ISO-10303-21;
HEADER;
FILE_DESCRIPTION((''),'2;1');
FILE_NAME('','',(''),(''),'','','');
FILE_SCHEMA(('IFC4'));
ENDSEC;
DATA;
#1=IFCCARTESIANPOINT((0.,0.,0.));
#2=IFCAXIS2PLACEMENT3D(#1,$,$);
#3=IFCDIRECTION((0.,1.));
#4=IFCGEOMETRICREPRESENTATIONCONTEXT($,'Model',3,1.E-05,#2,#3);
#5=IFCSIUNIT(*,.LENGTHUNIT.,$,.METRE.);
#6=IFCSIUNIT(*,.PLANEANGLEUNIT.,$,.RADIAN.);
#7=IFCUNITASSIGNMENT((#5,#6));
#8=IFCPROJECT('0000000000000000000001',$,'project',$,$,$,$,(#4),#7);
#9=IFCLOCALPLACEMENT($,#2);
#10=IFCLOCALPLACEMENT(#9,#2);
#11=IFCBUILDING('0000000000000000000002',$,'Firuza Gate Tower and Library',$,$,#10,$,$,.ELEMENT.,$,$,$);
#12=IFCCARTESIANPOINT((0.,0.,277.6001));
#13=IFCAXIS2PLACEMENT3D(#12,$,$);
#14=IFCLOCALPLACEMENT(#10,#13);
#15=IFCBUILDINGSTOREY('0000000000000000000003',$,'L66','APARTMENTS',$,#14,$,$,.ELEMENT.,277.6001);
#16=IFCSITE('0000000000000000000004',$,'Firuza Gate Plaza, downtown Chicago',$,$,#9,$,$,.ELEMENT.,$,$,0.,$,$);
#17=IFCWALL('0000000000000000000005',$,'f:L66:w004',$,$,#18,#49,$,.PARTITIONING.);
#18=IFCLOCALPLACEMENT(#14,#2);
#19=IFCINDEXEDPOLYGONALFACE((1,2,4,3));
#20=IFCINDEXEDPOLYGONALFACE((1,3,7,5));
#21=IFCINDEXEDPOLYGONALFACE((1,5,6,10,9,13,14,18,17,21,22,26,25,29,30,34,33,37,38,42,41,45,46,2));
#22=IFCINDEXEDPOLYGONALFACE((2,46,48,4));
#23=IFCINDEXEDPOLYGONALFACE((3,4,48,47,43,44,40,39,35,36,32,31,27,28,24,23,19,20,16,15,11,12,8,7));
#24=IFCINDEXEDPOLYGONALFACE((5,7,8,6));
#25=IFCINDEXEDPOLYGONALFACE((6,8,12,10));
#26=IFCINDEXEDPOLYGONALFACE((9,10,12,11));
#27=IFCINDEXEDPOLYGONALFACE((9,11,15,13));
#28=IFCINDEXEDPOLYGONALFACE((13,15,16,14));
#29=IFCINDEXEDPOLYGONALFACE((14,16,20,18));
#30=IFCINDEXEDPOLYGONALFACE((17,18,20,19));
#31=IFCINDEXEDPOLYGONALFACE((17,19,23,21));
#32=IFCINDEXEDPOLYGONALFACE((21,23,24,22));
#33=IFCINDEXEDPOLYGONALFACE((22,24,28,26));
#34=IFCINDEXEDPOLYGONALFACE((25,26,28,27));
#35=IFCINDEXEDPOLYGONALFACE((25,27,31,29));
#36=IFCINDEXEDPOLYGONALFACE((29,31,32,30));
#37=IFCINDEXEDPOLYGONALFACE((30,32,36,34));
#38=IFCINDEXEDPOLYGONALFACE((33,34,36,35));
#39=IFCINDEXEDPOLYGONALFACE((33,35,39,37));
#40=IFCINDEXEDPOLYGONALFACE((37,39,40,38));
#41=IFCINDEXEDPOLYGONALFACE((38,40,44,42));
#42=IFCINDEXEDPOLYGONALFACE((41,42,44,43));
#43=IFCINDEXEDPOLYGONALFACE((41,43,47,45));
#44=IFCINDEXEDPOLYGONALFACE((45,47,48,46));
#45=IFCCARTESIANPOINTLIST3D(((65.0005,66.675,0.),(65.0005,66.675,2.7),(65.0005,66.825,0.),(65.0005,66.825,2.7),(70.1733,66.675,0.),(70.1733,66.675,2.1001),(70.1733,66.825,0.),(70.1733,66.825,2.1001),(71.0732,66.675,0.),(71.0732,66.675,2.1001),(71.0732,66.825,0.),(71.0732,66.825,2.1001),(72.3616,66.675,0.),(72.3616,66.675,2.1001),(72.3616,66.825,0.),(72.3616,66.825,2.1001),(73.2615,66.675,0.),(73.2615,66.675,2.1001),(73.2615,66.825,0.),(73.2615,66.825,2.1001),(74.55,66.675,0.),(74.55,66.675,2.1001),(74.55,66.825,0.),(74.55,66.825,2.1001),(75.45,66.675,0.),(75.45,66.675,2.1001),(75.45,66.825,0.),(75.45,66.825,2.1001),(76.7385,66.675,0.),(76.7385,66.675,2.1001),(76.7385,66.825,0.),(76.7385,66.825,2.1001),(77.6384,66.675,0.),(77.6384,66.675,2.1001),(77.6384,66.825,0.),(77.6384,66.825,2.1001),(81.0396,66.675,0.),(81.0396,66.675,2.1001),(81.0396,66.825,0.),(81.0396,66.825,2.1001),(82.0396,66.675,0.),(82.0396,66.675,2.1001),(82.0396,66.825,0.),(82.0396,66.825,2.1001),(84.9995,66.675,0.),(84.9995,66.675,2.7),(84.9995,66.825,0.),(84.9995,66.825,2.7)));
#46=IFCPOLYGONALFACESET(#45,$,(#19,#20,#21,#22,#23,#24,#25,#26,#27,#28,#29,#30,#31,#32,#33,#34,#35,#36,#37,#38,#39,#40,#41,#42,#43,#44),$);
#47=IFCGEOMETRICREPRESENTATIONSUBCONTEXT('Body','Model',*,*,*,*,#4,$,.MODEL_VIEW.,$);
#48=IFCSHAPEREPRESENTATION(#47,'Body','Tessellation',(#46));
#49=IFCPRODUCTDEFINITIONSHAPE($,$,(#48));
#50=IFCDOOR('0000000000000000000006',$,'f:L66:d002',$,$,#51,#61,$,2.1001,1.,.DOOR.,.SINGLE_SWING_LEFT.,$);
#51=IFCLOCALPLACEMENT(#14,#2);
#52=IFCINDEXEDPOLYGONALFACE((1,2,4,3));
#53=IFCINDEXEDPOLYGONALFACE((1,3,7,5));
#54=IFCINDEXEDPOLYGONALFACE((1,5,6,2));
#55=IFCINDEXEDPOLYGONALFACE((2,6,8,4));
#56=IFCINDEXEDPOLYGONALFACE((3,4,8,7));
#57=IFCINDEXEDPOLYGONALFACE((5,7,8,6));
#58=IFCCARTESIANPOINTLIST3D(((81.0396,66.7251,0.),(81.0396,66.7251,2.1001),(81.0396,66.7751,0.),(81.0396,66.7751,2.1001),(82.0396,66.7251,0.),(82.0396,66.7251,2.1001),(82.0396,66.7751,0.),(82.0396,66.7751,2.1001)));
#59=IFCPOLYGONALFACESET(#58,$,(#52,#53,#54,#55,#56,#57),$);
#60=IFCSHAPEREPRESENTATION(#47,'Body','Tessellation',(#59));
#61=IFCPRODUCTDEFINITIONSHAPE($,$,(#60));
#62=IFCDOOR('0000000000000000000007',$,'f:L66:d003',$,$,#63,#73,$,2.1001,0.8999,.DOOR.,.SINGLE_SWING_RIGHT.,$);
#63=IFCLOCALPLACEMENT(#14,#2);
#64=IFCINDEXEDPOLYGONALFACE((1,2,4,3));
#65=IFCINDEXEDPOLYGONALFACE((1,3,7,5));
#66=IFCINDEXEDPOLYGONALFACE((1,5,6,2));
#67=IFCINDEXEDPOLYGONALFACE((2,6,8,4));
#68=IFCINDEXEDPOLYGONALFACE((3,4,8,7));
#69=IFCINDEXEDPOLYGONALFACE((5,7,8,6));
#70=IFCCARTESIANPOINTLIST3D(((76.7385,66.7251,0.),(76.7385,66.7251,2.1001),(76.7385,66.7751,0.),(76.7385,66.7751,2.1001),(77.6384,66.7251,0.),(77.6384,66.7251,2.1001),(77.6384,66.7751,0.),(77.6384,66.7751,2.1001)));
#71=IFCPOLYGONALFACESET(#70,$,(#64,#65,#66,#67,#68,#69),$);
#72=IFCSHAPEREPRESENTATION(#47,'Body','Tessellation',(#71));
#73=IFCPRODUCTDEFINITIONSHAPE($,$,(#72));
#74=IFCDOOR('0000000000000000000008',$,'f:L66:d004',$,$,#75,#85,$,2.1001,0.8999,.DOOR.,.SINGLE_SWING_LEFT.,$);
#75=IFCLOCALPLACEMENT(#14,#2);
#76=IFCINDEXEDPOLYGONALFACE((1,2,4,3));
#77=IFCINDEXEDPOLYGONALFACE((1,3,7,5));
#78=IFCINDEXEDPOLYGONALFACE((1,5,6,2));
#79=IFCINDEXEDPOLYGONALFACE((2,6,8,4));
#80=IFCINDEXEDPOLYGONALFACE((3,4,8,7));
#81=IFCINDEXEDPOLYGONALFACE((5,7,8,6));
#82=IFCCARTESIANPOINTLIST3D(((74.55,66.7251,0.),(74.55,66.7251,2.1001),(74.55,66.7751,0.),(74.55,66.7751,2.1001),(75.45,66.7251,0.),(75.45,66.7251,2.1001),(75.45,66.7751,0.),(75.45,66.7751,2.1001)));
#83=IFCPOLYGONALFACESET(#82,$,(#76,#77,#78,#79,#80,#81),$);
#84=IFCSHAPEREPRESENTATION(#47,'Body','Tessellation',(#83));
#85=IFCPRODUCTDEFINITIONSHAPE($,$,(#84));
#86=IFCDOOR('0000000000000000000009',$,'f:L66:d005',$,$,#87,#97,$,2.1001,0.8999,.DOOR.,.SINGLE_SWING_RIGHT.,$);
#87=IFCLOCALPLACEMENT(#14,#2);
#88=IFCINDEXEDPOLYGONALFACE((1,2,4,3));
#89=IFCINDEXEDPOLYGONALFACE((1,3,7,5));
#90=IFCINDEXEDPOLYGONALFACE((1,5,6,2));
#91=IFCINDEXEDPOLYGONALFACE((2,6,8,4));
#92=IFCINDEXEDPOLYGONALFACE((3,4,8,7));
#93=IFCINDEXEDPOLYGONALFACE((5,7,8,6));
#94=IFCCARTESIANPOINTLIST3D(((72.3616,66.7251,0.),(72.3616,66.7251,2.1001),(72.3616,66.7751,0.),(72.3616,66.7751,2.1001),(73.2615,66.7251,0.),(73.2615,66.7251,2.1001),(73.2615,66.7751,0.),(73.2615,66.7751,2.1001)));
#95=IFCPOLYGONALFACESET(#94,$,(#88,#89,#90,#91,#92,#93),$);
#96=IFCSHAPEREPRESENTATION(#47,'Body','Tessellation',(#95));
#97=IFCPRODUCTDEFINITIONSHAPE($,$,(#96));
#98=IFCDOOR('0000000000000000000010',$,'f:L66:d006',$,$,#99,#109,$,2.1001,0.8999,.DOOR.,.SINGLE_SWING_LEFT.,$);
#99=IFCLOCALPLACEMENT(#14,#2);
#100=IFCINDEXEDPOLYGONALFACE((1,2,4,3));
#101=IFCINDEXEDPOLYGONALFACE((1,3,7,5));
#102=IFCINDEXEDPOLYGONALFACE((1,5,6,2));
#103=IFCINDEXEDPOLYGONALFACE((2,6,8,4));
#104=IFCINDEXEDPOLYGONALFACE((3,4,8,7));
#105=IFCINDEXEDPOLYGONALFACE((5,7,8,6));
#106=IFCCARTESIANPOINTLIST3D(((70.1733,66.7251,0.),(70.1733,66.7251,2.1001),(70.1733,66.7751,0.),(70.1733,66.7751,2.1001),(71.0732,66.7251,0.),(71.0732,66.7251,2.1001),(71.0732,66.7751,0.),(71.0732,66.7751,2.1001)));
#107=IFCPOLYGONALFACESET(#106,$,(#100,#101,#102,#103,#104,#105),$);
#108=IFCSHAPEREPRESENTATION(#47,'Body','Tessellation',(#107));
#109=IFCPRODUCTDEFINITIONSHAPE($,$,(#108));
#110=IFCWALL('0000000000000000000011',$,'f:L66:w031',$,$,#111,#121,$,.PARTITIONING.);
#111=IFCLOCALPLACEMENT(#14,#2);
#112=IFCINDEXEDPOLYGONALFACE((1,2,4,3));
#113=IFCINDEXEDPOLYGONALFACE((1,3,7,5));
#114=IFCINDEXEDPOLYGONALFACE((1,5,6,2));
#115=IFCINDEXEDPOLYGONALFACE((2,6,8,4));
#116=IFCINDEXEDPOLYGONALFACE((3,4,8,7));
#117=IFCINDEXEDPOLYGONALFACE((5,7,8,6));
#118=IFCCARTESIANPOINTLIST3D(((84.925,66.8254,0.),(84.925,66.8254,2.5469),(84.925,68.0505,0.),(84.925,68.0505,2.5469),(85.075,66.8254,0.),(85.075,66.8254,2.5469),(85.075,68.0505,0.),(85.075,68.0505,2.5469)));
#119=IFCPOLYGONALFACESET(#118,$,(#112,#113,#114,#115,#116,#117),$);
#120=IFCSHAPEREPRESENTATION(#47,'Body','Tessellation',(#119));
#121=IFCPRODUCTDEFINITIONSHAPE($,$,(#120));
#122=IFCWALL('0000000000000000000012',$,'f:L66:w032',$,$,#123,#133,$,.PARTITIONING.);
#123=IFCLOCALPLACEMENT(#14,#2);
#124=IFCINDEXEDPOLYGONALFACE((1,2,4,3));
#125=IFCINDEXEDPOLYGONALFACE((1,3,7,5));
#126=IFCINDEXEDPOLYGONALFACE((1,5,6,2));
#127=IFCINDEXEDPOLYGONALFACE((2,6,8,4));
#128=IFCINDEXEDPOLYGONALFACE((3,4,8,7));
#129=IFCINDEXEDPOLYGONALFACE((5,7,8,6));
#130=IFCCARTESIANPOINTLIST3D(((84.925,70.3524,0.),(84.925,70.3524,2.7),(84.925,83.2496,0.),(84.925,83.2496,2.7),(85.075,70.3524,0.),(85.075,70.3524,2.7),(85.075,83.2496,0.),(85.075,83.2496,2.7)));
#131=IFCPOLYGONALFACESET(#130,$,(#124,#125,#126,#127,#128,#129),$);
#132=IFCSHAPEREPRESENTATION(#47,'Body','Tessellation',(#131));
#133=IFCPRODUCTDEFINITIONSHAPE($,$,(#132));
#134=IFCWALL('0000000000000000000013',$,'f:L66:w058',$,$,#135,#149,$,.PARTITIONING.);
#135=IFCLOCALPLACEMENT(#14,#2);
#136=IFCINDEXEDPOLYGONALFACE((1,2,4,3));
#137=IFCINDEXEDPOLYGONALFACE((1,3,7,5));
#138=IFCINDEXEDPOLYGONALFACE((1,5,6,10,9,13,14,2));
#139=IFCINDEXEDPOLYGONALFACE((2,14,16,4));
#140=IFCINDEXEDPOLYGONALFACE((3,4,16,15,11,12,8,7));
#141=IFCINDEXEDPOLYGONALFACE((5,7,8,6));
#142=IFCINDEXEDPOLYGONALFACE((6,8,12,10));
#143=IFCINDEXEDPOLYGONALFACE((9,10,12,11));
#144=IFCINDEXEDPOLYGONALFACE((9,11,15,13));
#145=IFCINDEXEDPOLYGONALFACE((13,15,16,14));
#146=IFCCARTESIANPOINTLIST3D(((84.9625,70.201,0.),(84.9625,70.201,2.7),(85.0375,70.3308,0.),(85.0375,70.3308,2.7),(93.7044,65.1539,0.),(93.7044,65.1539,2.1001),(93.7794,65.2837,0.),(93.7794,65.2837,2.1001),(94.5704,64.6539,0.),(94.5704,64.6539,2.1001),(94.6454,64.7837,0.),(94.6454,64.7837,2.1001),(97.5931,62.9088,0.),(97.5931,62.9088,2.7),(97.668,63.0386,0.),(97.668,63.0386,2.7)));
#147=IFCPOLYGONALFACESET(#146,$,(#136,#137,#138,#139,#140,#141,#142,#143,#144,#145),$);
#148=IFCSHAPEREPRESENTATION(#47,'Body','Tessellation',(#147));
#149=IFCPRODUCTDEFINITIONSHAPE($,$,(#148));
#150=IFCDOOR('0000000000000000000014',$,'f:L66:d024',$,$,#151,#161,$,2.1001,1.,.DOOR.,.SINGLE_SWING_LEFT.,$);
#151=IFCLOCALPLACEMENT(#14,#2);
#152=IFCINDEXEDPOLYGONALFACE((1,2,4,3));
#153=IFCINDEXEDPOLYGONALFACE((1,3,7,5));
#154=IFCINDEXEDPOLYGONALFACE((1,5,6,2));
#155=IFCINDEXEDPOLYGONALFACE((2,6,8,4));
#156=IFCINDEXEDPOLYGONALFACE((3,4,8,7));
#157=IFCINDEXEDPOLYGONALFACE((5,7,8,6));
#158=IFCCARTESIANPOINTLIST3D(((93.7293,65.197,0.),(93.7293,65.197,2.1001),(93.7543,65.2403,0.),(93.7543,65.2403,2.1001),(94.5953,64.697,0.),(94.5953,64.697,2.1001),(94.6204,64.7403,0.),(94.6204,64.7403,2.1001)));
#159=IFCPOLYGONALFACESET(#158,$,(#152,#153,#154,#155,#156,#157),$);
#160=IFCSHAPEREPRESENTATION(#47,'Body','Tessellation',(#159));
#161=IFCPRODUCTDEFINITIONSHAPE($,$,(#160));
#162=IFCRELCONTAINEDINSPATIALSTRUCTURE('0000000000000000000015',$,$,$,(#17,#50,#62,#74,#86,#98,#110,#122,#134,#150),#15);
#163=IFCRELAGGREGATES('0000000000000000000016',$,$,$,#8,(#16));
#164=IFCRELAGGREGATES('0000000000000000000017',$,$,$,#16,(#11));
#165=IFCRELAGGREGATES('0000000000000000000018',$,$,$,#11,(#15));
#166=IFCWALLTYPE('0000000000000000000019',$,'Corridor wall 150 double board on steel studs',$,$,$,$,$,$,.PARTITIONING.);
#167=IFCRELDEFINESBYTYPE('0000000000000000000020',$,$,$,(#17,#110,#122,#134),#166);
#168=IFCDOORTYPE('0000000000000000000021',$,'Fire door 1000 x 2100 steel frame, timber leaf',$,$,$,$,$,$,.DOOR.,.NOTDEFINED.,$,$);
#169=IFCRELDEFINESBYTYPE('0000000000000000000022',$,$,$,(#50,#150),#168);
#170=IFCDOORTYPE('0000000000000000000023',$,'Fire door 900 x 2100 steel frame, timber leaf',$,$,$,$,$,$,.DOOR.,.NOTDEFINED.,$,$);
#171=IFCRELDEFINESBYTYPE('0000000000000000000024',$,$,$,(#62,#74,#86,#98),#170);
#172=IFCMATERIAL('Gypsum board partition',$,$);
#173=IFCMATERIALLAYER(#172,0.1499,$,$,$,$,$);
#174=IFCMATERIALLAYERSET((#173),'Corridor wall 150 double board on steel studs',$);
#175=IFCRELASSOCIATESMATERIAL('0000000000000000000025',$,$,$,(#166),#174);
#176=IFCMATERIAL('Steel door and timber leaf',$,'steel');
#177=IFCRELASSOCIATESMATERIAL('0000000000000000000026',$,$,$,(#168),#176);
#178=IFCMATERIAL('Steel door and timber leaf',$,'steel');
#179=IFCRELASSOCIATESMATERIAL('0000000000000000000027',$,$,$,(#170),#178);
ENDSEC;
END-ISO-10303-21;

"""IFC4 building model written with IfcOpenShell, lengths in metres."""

from ifc_helpers import new_model, si_unit, direction, frame, frame_2d, origin, place, context, subcontext, project, spatial, rectangle, extrude, material, layer, layer_set, type_object, element, fill, save


model = new_model("IFC4")

# Units and contexts
model_context = context("Model", 3, precision=1e-05, world=origin(), true_north=direction((0.0, 1.0)))
body_context = subcontext(model_context, "Body", "Model", "MODEL_VIEW")
ifc_project = project(units=[si_unit("LENGTHUNIT", "METRE"), si_unit("PLANEANGLEUNIT", "RADIAN")], contexts=[model_context])

# Site, building, storey
site_placement = place(None, origin())
site = spatial("IfcSite", under=ifc_project, at=site_placement, Name="Firuza Gate Plaza, downtown Chicago", CompositionType="ELEMENT", RefElevation=0.0)
building_placement = place(site_placement, origin())
building = spatial("IfcBuilding", under=site, at=building_placement, Name="Firuza Gate Tower and Library", CompositionType="ELEMENT")
storey_placement = place(building_placement, frame((0.0, 0.0, 277.6001)))
storey = spatial("IfcBuildingStorey", under=building, at=storey_placement, Name="L66", Description="APARTMENTS", CompositionType="ELEMENT", Elevation=277.6001)

# Wall, openings, doors
ifc_material_1 = material(Name="Gypsum board partition")
ifc_layer_1 = layer(ifc_material_1, 0.1499)
ifc_layer_set_1 = layer_set([ifc_layer_1], Name="Corridor wall 150 double board on steel studs")
wall_type_1 = type_object("IfcWallType", Name="Corridor wall 150 double board on steel studs", PredefinedType="PARTITIONING", material=ifc_layer_set_1)
wall_1_placement = place(storey_placement, frame((84.9995, 66.75, 0.0), z_axis=(0.0, 0.0, 1.0), x_axis=(-1.0, 0.0, 0.0)))
wall_1 = element("IfcWall", 1, at=wall_1_placement, inside=storey, type_object=wall_type_1, Name="f:L66:w004", PredefinedType="PARTITIONING", context=body_context, shape_type="SweptSolid", body=[
    extrude(rectangle(XDim=19.999, YDim=0.1499, at=frame_2d((9.9995, 0.0))), origin(), (0.0, 0.0, 1.0), 2.7),
])
opening_1_placement = place(wall_1_placement, frame((2.96, 0.0, 0.0)))
opening_1 = element("IfcOpeningElement", 2, at=opening_1_placement, cuts=wall_1, PredefinedType="OPENING", context=body_context, shape_type="SweptSolid", body=[
    extrude(rectangle(XDim=1.0, YDim=2.1001, at=frame_2d((0.5, 1.05))), frame((0.0, 0.085, 0.0), z_axis=(0.0, -1.0, 0.0), x_axis=(1.0, 0.0, 0.0)), (0.0, 0.0, 1.0), 0.1699),
])
opening_2_placement = place(wall_1_placement, frame((7.3611, 0.0, 0.0)))
opening_2 = element("IfcOpeningElement", 3, at=opening_2_placement, cuts=wall_1, PredefinedType="OPENING", context=body_context, shape_type="SweptSolid", body=[
    extrude(rectangle(XDim=0.8999, YDim=2.1001, at=frame_2d((0.45, 1.05))), frame((0.0, 0.085, 0.0), z_axis=(0.0, -1.0, 0.0), x_axis=(1.0, 0.0, 0.0)), (0.0, 0.0, 1.0), 0.1699),
])
opening_3_placement = place(wall_1_placement, frame((9.5496, 0.0, 0.0)))
opening_3 = element("IfcOpeningElement", 4, at=opening_3_placement, cuts=wall_1, PredefinedType="OPENING", context=body_context, shape_type="SweptSolid", body=[
    extrude(rectangle(XDim=0.8999, YDim=2.1001, at=frame_2d((0.45, 1.05))), frame((0.0, 0.085, 0.0), z_axis=(0.0, -1.0, 0.0), x_axis=(1.0, 0.0, 0.0)), (0.0, 0.0, 1.0), 0.1699),
])
opening_4_placement = place(wall_1_placement, frame((11.738, 0.0, 0.0)))
opening_4 = element("IfcOpeningElement", 5, at=opening_4_placement, cuts=wall_1, PredefinedType="OPENING", context=body_context, shape_type="SweptSolid", body=[
    extrude(rectangle(XDim=0.8999, YDim=2.1001, at=frame_2d((0.45, 1.05))), frame((0.0, 0.085, 0.0), z_axis=(0.0, -1.0, 0.0), x_axis=(1.0, 0.0, 0.0)), (0.0, 0.0, 1.0), 0.1699),
])
opening_5_placement = place(wall_1_placement, frame((13.9263, 0.0, 0.0)))
opening_5 = element("IfcOpeningElement", 6, at=opening_5_placement, cuts=wall_1, PredefinedType="OPENING", context=body_context, shape_type="SweptSolid", body=[
    extrude(rectangle(XDim=0.8999, YDim=2.1001, at=frame_2d((0.45, 1.05))), frame((0.0, 0.085, 0.0), z_axis=(0.0, -1.0, 0.0), x_axis=(1.0, 0.0, 0.0)), (0.0, 0.0, 1.0), 0.1699),
])
ifc_material_2 = material(Name="Steel door and timber leaf", Category="steel")
door_type_1 = type_object("IfcDoorType", Name="Fire door 1000 x 2100 steel frame, timber leaf", OperationType="NOTDEFINED", PredefinedType="DOOR", material=ifc_material_2)
door_1_placement = place(opening_1_placement, origin())
door_1 = element("IfcDoor", 7, at=door_1_placement, inside=storey, type_object=door_type_1, Name="f:L66:d002", OperationType="SINGLE_SWING_LEFT", OverallHeight=2.1001, OverallWidth=1.0, PredefinedType="DOOR", context=body_context, shape_type="SweptSolid", body=[
    extrude(rectangle(XDim=1.0, YDim=2.1001, at=frame_2d((0.5, 1.05))), frame((0.0, 0.0249, 0.0), z_axis=(0.0, -1.0, 0.0), x_axis=(1.0, 0.0, 0.0)), (0.0, 0.0, 1.0), 0.05),
])
fill(opening_1, door_1)
ifc_material_3 = material(Name="Steel door and timber leaf", Category="steel")
door_type_2 = type_object("IfcDoorType", Name="Fire door 900 x 2100 steel frame, timber leaf", OperationType="NOTDEFINED", PredefinedType="DOOR", material=ifc_material_3)
door_2_placement = place(opening_2_placement, origin())
door_2 = element("IfcDoor", 8, at=door_2_placement, inside=storey, type_object=door_type_2, Name="f:L66:d003", OperationType="SINGLE_SWING_RIGHT", OverallHeight=2.1001, OverallWidth=0.8999, PredefinedType="DOOR", context=body_context, shape_type="SweptSolid", body=[
    extrude(rectangle(XDim=0.8999, YDim=2.1001, at=frame_2d((0.45, 1.05))), frame((0.0, 0.0249, 0.0), z_axis=(0.0, -1.0, 0.0), x_axis=(1.0, 0.0, 0.0)), (0.0, 0.0, 1.0), 0.05),
])
fill(opening_2, door_2)
door_3_placement = place(opening_3_placement, origin())
door_3 = element("IfcDoor", 9, at=door_3_placement, inside=storey, type_object=door_type_2, Name="f:L66:d004", OperationType="SINGLE_SWING_LEFT", OverallHeight=2.1001, OverallWidth=0.8999, PredefinedType="DOOR", context=body_context, shape_type="SweptSolid", body=[
    extrude(rectangle(XDim=0.8999, YDim=2.1001, at=frame_2d((0.45, 1.05))), frame((0.0, 0.0249, 0.0), z_axis=(0.0, -1.0, 0.0), x_axis=(1.0, 0.0, 0.0)), (0.0, 0.0, 1.0), 0.05),
])
fill(opening_3, door_3)
door_4_placement = place(opening_4_placement, origin())
door_4 = element("IfcDoor", 10, at=door_4_placement, inside=storey, type_object=door_type_2, Name="f:L66:d005", OperationType="SINGLE_SWING_RIGHT", OverallHeight=2.1001, OverallWidth=0.8999, PredefinedType="DOOR", context=body_context, shape_type="SweptSolid", body=[
    extrude(rectangle(XDim=0.8999, YDim=2.1001, at=frame_2d((0.45, 1.05))), frame((0.0, 0.0249, 0.0), z_axis=(0.0, -1.0, 0.0), x_axis=(1.0, 0.0, 0.0)), (0.0, 0.0, 1.0), 0.05),
])
fill(opening_4, door_4)
door_5_placement = place(opening_5_placement, origin())
door_5 = element("IfcDoor", 11, at=door_5_placement, inside=storey, type_object=door_type_2, Name="f:L66:d006", OperationType="SINGLE_SWING_LEFT", OverallHeight=2.1001, OverallWidth=0.8999, PredefinedType="DOOR", context=body_context, shape_type="SweptSolid", body=[
    extrude(rectangle(XDim=0.8999, YDim=2.1001, at=frame_2d((0.45, 1.05))), frame((0.0, 0.0249, 0.0), z_axis=(0.0, -1.0, 0.0), x_axis=(1.0, 0.0, 0.0)), (0.0, 0.0, 1.0), 0.05),
])
fill(opening_5, door_5)

# Walls
wall_2_placement = place(storey_placement, frame((85.0, 66.8254, 0.0), z_axis=(0.0, 0.0, 1.0), x_axis=(0.0, 1.0, 0.0)))
element("IfcWall", 12, at=wall_2_placement, inside=storey, type_object=wall_type_1, Name="f:L66:w031", PredefinedType="PARTITIONING", context=body_context, shape_type="SweptSolid", body=[
    extrude(rectangle(XDim=1.2251, YDim=0.1499, at=frame_2d((0.6125, 0.0))), origin(), (0.0, 0.0, 1.0), 2.5469),
])
wall_3_placement = place(storey_placement, frame((85.0, 70.3523, 0.0), z_axis=(0.0, 0.0, 1.0), x_axis=(0.0, 1.0, 0.0)))
element("IfcWall", 13, at=wall_3_placement, inside=storey, type_object=wall_type_1, Name="f:L66:w032", PredefinedType="PARTITIONING", context=body_context, shape_type="SweptSolid", body=[
    extrude(rectangle(XDim=12.8972, YDim=0.1499, at=frame_2d((6.4487, 0.0))), origin(), (0.0, 0.0, 1.0), 2.7),
])

# Wall, opening, door
wall_4_placement = place(storey_placement, frame((85.0, 70.2659, 0.0), z_axis=(0.0, 0.0, 1.0), x_axis=(0.866027, -0.499997, 0.0)))
wall_4 = element("IfcWall", 14, at=wall_4_placement, inside=storey, type_object=wall_type_1, Name="f:L66:w058", PredefinedType="PARTITIONING", context=body_context, shape_type="SweptSolid", body=[
    extrude(rectangle(XDim=14.5845, YDim=0.1499, at=frame_2d((7.2922, 0.0))), origin(), (0.0, 0.0, 1.0), 2.7),
])
opening_6_placement = place(wall_4_placement, frame((10.0942, 0.0, 0.0)))
opening_6 = element("IfcOpeningElement", 15, at=opening_6_placement, cuts=wall_4, PredefinedType="OPENING", context=body_context, shape_type="SweptSolid", body=[
    extrude(rectangle(XDim=1.0, YDim=2.1001, at=frame_2d((0.5, 1.05))), frame((0.0, 0.085, 0.0), z_axis=(0.0, -1.0, 0.0), x_axis=(1.0, 0.0, 0.0)), (0.0, 0.0, 1.0), 0.1699),
])
door_6_placement = place(opening_6_placement, origin())
door_6 = element("IfcDoor", 16, at=door_6_placement, inside=storey, type_object=door_type_1, Name="f:L66:d024", OperationType="SINGLE_SWING_LEFT", OverallHeight=2.1001, OverallWidth=1.0, PredefinedType="DOOR", context=body_context, shape_type="SweptSolid", body=[
    extrude(rectangle(XDim=1.0, YDim=2.1001, at=frame_2d((0.5, 1.05))), frame((0.0, 0.0249, 0.0), z_axis=(0.0, -1.0, 0.0), x_axis=(1.0, 0.0, 0.0)), (0.0, 0.0, 1.0), 0.05),
])
fill(opening_6, door_6)

save(model, "model.ifc")
